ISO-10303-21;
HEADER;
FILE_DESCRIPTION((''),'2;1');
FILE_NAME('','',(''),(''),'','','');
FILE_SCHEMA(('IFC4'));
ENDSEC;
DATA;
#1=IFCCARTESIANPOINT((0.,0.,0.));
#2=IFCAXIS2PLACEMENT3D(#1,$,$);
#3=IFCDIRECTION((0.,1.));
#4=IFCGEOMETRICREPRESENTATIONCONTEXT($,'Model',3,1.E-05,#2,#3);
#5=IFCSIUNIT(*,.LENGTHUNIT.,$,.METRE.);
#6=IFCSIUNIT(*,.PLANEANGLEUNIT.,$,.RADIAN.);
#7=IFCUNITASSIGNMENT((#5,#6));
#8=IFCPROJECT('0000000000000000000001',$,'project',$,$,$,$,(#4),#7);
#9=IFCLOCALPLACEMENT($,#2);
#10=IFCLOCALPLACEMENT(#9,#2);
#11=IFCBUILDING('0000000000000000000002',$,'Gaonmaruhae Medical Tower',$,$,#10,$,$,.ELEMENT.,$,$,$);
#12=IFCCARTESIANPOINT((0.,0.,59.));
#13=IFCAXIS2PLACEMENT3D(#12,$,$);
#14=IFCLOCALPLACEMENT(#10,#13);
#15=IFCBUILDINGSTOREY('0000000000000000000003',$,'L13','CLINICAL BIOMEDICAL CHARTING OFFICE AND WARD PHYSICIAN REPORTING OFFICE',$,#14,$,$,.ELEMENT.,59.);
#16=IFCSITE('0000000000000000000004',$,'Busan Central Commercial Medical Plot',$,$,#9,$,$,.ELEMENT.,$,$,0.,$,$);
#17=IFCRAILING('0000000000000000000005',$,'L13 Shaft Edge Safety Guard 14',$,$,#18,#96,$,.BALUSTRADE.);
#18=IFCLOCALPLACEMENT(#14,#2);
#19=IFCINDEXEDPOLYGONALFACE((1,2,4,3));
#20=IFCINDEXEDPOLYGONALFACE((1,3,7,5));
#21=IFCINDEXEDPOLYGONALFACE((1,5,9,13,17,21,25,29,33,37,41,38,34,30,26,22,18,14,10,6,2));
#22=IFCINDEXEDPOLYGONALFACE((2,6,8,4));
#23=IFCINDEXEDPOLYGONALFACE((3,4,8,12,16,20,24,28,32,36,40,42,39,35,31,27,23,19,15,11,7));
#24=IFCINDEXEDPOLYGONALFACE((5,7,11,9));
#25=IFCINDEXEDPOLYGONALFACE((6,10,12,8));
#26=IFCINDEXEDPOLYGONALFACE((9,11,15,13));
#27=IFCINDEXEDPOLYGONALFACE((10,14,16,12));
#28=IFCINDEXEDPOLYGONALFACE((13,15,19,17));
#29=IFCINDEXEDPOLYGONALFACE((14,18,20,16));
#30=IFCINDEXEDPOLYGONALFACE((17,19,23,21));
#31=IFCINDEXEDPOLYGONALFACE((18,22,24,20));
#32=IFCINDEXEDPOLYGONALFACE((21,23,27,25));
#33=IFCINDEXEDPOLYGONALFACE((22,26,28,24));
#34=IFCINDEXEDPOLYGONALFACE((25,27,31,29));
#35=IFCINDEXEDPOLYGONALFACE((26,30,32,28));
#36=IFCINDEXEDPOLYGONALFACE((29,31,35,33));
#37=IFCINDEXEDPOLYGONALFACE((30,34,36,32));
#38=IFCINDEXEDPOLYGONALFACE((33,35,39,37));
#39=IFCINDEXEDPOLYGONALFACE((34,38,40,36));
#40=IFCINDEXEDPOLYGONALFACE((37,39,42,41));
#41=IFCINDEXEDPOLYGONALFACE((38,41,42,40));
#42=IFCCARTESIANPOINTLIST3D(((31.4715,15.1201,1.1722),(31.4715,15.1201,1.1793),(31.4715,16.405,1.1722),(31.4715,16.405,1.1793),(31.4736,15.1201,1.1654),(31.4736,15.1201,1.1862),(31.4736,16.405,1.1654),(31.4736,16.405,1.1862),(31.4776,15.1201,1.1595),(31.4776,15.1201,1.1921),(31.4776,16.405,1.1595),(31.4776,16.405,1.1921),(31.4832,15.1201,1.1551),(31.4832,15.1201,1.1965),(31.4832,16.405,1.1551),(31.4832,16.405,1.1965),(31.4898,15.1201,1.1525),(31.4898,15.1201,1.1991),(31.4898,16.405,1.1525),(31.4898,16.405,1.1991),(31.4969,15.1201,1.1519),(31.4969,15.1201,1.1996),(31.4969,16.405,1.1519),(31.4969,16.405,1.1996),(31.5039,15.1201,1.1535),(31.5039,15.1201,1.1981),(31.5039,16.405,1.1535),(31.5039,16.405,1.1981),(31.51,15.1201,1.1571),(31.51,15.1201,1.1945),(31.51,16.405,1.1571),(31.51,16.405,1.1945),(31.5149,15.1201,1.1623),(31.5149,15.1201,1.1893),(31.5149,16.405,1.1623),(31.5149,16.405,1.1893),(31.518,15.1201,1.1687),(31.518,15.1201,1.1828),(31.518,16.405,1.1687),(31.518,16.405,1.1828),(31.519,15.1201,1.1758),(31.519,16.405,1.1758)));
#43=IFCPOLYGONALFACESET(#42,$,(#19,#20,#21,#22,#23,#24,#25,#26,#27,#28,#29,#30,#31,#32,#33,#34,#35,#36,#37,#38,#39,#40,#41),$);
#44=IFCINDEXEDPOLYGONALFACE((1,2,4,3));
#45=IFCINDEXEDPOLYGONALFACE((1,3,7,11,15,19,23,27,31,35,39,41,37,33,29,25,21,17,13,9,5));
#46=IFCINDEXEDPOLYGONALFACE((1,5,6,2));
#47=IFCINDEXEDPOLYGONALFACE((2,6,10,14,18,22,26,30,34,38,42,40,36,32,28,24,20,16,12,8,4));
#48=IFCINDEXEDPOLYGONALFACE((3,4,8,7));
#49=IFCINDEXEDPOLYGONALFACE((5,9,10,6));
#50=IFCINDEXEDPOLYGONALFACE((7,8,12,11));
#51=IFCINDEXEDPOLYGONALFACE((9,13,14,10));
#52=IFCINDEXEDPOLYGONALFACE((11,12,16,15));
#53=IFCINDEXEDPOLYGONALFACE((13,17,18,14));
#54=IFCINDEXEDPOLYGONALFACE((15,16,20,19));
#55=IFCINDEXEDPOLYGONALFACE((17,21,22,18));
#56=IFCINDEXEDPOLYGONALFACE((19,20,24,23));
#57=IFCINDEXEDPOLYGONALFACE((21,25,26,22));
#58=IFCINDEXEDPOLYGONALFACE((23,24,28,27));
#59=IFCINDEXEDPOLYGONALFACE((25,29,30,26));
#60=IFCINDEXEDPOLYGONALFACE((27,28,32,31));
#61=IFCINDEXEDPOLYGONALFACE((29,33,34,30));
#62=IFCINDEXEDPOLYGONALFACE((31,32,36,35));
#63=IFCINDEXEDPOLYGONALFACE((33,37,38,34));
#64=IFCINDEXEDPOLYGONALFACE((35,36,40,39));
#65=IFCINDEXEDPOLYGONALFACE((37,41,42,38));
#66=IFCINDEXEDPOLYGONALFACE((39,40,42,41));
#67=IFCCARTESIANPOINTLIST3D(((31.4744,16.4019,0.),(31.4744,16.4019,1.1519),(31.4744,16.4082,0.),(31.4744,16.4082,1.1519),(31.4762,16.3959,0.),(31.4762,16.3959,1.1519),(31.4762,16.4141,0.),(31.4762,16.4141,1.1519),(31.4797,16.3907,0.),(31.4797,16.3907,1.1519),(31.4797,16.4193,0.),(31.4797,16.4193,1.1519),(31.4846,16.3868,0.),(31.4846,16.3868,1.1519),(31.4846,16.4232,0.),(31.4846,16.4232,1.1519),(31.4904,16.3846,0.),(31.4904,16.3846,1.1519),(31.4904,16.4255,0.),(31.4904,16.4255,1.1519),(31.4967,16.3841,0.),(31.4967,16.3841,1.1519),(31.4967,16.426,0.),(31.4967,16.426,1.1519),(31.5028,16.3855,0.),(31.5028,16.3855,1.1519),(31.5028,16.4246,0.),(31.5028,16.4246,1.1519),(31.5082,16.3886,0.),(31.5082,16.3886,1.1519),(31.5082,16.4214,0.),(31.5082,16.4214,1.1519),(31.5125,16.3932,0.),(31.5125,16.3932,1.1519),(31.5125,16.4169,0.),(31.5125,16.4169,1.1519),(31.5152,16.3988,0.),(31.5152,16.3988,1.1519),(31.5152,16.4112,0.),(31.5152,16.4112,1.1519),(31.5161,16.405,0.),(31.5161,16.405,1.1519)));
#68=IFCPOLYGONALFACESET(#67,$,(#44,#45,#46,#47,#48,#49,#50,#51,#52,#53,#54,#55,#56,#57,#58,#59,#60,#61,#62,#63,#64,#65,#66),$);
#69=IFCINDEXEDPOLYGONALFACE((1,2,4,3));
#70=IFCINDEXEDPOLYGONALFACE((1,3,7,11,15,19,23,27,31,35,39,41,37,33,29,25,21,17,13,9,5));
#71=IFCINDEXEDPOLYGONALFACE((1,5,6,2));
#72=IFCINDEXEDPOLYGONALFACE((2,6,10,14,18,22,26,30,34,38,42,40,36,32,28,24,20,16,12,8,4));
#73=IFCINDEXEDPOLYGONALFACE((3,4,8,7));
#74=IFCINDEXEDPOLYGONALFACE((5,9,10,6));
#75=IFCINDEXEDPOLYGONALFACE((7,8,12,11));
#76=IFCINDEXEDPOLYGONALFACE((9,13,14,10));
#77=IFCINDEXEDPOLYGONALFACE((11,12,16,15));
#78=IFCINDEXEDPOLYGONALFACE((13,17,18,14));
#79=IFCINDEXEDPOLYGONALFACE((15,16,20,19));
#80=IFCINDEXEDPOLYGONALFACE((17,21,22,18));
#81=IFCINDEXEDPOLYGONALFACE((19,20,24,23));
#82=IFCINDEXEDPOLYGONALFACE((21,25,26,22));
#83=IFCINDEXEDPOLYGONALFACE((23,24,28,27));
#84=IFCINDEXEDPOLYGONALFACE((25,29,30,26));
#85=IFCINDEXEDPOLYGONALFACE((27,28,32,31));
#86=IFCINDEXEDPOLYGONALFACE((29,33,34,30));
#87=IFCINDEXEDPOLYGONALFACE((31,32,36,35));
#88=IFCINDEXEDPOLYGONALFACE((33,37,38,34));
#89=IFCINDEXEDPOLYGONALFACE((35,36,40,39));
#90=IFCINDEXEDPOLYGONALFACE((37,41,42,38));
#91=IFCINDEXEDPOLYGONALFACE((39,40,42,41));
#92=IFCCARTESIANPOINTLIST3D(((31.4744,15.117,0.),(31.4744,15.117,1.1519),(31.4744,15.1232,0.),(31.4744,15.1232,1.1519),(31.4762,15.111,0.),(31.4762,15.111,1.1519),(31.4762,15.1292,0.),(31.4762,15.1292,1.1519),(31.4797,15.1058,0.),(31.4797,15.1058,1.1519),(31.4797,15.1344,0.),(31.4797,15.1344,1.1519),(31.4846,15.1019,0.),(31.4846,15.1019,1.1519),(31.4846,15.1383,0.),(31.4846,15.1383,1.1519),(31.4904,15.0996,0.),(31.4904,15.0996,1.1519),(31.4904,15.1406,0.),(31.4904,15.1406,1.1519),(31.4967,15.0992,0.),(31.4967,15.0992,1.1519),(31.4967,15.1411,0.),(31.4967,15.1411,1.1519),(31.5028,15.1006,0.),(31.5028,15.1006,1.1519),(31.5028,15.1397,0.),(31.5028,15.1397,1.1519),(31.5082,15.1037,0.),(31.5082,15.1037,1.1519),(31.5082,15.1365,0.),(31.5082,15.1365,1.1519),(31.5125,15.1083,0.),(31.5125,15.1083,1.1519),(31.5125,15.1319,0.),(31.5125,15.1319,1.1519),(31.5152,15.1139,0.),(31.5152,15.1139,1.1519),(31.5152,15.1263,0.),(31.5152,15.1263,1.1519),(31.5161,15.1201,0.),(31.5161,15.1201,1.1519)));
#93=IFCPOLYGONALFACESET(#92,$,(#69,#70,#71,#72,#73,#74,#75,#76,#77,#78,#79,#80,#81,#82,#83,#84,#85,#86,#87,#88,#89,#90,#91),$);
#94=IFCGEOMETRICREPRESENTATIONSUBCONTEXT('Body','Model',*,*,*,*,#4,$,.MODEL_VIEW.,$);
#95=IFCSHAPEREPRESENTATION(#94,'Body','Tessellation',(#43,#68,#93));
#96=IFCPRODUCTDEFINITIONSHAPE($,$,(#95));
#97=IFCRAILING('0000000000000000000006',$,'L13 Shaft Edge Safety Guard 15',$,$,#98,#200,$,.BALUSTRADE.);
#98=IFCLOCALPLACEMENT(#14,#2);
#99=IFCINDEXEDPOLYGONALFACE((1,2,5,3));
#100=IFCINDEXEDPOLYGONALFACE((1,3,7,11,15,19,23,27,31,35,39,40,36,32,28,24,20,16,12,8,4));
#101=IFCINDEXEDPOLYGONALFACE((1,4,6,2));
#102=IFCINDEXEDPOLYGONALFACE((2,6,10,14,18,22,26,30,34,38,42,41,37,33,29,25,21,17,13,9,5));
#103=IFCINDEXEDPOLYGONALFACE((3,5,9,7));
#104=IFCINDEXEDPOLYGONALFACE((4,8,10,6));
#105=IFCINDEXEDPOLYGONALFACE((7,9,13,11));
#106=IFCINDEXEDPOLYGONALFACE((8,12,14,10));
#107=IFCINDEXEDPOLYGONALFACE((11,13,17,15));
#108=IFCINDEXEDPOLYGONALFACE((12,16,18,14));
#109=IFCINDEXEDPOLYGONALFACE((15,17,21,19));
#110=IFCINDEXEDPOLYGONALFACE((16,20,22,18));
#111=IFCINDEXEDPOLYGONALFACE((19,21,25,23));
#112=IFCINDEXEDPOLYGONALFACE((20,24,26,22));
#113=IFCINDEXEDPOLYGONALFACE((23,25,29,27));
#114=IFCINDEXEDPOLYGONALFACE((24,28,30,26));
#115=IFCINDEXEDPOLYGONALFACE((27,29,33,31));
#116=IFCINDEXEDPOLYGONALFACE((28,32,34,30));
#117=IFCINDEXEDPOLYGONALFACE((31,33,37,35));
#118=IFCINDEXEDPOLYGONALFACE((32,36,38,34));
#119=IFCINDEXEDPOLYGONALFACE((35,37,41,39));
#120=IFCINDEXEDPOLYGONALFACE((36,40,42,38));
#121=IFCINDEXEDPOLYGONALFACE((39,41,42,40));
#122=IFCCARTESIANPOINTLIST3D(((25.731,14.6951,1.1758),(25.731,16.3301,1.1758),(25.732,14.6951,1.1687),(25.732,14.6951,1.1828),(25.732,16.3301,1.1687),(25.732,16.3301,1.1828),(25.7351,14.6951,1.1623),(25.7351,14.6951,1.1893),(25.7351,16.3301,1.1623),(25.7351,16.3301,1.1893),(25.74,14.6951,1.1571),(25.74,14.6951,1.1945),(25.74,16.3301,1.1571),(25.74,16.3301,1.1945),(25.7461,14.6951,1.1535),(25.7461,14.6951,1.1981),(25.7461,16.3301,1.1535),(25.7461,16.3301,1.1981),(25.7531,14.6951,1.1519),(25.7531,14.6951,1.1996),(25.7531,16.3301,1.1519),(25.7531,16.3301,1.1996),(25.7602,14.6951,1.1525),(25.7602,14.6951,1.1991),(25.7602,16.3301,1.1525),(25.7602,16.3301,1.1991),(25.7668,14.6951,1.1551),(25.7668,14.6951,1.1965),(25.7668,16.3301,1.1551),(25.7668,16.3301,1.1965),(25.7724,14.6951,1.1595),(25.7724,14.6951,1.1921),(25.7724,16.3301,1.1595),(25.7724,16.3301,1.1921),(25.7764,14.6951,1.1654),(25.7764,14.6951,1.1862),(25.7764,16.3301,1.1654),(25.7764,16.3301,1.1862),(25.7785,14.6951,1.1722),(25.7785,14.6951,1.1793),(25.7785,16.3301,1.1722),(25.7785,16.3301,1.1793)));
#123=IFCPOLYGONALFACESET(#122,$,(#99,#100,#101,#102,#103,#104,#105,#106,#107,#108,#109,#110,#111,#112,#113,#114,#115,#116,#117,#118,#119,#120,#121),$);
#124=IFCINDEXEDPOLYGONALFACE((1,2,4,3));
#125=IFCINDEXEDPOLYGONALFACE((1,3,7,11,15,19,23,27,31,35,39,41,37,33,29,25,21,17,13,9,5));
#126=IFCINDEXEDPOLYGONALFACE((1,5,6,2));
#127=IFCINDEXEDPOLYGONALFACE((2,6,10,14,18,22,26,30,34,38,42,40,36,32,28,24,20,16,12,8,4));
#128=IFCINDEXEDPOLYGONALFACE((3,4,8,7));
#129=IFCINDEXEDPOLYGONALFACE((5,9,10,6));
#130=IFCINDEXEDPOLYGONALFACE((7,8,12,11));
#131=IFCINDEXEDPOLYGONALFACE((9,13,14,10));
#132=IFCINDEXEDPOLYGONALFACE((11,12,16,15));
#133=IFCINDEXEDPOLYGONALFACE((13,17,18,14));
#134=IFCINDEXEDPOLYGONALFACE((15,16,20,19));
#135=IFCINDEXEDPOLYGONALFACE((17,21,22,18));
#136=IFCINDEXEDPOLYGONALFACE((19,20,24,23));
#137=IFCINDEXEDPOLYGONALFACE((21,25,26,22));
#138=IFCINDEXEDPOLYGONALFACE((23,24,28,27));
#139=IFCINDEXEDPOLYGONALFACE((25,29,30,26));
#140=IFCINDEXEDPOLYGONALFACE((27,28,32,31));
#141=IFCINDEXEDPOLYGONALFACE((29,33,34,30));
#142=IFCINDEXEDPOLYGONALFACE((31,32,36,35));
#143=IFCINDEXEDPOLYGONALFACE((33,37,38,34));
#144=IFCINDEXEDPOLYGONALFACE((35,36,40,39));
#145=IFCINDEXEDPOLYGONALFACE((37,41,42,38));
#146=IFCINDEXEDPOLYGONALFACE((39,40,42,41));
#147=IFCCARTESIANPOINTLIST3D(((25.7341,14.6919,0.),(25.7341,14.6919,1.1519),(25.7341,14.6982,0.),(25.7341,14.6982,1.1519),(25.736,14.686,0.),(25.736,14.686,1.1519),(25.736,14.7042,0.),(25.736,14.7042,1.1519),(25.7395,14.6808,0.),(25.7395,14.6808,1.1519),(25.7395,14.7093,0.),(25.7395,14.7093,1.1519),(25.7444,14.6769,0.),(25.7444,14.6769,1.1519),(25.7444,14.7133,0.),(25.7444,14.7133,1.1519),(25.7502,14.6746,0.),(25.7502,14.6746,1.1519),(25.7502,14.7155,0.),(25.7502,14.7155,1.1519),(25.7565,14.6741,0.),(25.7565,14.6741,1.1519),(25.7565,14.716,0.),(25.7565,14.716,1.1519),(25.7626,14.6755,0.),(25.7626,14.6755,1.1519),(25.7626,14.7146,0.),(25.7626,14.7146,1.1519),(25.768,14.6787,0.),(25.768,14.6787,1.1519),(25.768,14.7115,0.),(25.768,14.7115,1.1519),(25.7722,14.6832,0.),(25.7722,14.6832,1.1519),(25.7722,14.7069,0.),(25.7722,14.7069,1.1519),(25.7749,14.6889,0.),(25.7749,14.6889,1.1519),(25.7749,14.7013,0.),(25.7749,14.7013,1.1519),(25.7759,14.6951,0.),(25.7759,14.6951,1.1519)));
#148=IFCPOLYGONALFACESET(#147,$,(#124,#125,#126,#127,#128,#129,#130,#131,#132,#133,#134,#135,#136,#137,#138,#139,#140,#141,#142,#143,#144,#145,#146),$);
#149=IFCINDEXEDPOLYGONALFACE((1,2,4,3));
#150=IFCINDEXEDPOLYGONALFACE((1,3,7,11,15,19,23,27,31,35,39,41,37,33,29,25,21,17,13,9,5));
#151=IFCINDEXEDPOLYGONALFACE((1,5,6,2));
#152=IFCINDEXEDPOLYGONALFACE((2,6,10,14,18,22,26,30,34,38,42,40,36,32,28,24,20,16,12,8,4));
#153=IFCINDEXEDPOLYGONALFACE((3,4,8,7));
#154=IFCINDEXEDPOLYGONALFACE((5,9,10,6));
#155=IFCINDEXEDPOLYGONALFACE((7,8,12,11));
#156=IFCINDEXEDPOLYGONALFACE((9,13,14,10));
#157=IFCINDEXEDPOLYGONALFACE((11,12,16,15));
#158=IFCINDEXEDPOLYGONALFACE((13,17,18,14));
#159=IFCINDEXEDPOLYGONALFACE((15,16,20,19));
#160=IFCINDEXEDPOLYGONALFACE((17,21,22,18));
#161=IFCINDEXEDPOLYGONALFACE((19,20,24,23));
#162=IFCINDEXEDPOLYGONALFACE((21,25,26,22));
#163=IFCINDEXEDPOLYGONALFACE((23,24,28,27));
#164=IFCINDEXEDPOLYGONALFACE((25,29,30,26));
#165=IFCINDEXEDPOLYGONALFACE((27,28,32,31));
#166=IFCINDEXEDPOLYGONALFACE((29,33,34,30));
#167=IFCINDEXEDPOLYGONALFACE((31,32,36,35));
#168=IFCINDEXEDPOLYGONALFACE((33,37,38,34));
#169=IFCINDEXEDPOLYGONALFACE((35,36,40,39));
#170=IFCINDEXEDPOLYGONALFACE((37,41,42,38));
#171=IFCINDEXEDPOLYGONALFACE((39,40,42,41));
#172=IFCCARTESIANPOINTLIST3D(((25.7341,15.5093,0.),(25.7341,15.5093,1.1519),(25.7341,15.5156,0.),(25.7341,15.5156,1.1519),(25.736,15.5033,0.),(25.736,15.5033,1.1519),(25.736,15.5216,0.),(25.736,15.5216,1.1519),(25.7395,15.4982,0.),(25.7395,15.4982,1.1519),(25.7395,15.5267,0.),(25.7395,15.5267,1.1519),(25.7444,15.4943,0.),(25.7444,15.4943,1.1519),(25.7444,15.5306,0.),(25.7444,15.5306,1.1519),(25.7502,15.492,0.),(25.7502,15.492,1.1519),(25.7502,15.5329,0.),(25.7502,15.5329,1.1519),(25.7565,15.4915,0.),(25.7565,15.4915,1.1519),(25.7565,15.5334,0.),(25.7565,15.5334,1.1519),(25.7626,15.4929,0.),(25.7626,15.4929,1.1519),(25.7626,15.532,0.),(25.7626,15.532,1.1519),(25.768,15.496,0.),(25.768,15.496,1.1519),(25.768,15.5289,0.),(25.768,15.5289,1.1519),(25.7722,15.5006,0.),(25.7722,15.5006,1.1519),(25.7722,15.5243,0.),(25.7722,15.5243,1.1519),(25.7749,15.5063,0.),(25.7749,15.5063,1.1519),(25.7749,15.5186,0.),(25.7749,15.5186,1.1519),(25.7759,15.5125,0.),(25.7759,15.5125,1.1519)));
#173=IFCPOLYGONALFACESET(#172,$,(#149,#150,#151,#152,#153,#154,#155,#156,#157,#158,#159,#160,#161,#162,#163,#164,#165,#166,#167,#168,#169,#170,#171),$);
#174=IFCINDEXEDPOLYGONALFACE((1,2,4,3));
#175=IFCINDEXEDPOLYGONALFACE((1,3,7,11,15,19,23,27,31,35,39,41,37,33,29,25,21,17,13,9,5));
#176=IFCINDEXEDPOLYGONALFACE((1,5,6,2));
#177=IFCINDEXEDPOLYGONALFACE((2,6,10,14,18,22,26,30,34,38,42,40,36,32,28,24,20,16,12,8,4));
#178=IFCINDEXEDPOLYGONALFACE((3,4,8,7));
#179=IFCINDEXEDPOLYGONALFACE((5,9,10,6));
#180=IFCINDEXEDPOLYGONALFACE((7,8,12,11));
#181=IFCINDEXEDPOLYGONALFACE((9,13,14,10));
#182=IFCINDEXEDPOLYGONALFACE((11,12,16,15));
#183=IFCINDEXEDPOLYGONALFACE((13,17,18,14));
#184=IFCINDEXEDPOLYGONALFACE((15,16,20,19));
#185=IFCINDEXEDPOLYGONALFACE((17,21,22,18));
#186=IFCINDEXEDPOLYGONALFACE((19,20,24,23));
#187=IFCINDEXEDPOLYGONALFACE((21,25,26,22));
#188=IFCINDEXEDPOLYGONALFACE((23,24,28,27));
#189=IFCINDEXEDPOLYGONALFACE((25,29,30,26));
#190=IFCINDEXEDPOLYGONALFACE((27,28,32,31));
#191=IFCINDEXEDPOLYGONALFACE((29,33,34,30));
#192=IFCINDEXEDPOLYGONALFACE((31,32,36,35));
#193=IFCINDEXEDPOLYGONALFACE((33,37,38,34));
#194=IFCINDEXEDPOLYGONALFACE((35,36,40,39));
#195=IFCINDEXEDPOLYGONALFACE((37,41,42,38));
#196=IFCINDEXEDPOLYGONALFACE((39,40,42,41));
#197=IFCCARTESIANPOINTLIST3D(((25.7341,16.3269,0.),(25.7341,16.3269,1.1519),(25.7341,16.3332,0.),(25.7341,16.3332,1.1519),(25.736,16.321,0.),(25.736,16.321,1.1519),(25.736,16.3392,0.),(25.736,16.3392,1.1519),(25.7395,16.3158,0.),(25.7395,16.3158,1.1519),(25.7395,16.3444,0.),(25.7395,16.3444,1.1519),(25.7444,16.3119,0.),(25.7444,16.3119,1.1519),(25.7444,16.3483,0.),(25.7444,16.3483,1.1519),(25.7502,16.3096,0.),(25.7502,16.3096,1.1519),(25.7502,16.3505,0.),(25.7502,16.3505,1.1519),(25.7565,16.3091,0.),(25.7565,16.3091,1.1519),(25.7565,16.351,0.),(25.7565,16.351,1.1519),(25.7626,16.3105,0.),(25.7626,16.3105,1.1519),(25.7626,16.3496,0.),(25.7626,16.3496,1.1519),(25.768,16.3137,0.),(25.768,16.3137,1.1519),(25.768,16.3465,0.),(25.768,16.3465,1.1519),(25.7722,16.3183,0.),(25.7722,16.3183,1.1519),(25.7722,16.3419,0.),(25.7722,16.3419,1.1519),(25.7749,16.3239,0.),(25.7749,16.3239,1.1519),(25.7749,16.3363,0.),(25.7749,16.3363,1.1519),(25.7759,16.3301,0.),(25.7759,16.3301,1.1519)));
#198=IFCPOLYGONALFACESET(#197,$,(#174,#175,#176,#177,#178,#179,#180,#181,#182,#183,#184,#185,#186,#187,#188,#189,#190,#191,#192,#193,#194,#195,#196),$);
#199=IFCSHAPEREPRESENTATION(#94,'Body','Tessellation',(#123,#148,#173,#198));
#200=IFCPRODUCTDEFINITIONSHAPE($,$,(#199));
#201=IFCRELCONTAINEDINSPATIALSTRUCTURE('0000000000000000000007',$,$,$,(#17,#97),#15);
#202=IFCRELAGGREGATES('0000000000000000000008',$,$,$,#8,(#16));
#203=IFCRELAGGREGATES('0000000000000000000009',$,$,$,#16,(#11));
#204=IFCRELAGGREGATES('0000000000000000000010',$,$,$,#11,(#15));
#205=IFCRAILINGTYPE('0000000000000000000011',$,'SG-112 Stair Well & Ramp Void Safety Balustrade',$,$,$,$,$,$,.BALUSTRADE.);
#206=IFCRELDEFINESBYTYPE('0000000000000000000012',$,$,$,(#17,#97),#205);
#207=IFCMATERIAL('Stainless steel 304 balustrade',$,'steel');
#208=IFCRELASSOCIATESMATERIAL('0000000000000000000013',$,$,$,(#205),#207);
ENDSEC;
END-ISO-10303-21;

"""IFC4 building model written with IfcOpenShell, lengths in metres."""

from ifc_helpers import new_model, si_unit, direction, frame, origin, origin_2d, place, context, subcontext, project, spatial, circle, extrude, material, type_object, element, save


model = new_model("IFC4")

# Units and contexts
model_context = context("Model", 3, precision=1e-05, world=origin(), true_north=direction((0.0, 1.0)))
body_context = subcontext(model_context, "Body", "Model", "MODEL_VIEW")
ifc_project = project(units=[si_unit("LENGTHUNIT", "METRE"), si_unit("PLANEANGLEUNIT", "RADIAN")], contexts=[model_context])

# Site, building, storey
site_placement = place(None, origin())
site = spatial("IfcSite", under=ifc_project, at=site_placement, Name="Busan Central Commercial Medical Plot", CompositionType="ELEMENT", RefElevation=0.0)
building_placement = place(site_placement, origin())
building = spatial("IfcBuilding", under=site, at=building_placement, Name="Gaonmaruhae Medical Tower", CompositionType="ELEMENT")
storey_placement = place(building_placement, frame((0.0, 0.0, 59.0)))
storey = spatial("IfcBuildingStorey", under=building, at=storey_placement, Name="L13", Description="CLINICAL BIOMEDICAL CHARTING OFFICE AND WARD PHYSICIAN REPORTING OFFICE", CompositionType="ELEMENT", Elevation=59.0)

# Railings
ifc_material_1 = material(Name="Stainless steel 304 balustrade", Category="steel")
railing_type = type_object("IfcRailingType", Name="SG-112 Stair Well & Ramp Void Safety Balustrade", PredefinedType="BALUSTRADE", material=ifc_material_1)
railing_1_placement = place(storey_placement, frame((31.4951, 16.405, 0.0)))
element("IfcRailing", 1, at=railing_1_placement, inside=storey, type_object=railing_type, Name="L13 Shaft Edge Safety Guard 14", PredefinedType="BALUSTRADE", context=body_context, shape_type="SweptSolid", body=[
    extrude(circle(Radius=0.0239, at=origin_2d()), frame((0.0, 0.0, 1.1758), z_axis=(0.0, -1.0, 0.0), x_axis=(1.0, 0.0, 0.0)), (0.0, 0.0, 1.0), 1.2849),
    extrude(circle(Radius=0.021, at=origin_2d()), origin(), (0.0, 0.0, 1.0), 1.1519),
    extrude(circle(Radius=0.021, at=origin_2d()), frame((0.0, -1.2849, 0.0)), (0.0, 0.0, 1.0), 1.1519),
])
railing_2_placement = place(storey_placement, frame((25.7549, 14.6951, 0.0)))
element("IfcRailing", 2, at=railing_2_placement, inside=storey, type_object=railing_type, Name="L13 Shaft Edge Safety Guard 15", PredefinedType="BALUSTRADE", context=body_context, shape_type="SweptSolid", body=[
    extrude(circle(Radius=0.0239, at=origin_2d()), frame((0.0, 0.0, 1.1758), z_axis=(0.0, 1.0, 0.0), x_axis=(-1.0, 0.0, 0.0)), (0.0, 0.0, 1.0), 1.635),
    extrude(circle(Radius=0.021, at=origin_2d()), origin(), (0.0, 0.0, 1.0), 1.1519),
    extrude(circle(Radius=0.021, at=origin_2d()), frame((0.0, 0.8174, 0.0)), (0.0, 0.0, 1.0), 1.1519),
    extrude(circle(Radius=0.021, at=origin_2d()), frame((0.0, 1.635, 0.0)), (0.0, 0.0, 1.0), 1.1519),
])

save(model, "model.ifc")
